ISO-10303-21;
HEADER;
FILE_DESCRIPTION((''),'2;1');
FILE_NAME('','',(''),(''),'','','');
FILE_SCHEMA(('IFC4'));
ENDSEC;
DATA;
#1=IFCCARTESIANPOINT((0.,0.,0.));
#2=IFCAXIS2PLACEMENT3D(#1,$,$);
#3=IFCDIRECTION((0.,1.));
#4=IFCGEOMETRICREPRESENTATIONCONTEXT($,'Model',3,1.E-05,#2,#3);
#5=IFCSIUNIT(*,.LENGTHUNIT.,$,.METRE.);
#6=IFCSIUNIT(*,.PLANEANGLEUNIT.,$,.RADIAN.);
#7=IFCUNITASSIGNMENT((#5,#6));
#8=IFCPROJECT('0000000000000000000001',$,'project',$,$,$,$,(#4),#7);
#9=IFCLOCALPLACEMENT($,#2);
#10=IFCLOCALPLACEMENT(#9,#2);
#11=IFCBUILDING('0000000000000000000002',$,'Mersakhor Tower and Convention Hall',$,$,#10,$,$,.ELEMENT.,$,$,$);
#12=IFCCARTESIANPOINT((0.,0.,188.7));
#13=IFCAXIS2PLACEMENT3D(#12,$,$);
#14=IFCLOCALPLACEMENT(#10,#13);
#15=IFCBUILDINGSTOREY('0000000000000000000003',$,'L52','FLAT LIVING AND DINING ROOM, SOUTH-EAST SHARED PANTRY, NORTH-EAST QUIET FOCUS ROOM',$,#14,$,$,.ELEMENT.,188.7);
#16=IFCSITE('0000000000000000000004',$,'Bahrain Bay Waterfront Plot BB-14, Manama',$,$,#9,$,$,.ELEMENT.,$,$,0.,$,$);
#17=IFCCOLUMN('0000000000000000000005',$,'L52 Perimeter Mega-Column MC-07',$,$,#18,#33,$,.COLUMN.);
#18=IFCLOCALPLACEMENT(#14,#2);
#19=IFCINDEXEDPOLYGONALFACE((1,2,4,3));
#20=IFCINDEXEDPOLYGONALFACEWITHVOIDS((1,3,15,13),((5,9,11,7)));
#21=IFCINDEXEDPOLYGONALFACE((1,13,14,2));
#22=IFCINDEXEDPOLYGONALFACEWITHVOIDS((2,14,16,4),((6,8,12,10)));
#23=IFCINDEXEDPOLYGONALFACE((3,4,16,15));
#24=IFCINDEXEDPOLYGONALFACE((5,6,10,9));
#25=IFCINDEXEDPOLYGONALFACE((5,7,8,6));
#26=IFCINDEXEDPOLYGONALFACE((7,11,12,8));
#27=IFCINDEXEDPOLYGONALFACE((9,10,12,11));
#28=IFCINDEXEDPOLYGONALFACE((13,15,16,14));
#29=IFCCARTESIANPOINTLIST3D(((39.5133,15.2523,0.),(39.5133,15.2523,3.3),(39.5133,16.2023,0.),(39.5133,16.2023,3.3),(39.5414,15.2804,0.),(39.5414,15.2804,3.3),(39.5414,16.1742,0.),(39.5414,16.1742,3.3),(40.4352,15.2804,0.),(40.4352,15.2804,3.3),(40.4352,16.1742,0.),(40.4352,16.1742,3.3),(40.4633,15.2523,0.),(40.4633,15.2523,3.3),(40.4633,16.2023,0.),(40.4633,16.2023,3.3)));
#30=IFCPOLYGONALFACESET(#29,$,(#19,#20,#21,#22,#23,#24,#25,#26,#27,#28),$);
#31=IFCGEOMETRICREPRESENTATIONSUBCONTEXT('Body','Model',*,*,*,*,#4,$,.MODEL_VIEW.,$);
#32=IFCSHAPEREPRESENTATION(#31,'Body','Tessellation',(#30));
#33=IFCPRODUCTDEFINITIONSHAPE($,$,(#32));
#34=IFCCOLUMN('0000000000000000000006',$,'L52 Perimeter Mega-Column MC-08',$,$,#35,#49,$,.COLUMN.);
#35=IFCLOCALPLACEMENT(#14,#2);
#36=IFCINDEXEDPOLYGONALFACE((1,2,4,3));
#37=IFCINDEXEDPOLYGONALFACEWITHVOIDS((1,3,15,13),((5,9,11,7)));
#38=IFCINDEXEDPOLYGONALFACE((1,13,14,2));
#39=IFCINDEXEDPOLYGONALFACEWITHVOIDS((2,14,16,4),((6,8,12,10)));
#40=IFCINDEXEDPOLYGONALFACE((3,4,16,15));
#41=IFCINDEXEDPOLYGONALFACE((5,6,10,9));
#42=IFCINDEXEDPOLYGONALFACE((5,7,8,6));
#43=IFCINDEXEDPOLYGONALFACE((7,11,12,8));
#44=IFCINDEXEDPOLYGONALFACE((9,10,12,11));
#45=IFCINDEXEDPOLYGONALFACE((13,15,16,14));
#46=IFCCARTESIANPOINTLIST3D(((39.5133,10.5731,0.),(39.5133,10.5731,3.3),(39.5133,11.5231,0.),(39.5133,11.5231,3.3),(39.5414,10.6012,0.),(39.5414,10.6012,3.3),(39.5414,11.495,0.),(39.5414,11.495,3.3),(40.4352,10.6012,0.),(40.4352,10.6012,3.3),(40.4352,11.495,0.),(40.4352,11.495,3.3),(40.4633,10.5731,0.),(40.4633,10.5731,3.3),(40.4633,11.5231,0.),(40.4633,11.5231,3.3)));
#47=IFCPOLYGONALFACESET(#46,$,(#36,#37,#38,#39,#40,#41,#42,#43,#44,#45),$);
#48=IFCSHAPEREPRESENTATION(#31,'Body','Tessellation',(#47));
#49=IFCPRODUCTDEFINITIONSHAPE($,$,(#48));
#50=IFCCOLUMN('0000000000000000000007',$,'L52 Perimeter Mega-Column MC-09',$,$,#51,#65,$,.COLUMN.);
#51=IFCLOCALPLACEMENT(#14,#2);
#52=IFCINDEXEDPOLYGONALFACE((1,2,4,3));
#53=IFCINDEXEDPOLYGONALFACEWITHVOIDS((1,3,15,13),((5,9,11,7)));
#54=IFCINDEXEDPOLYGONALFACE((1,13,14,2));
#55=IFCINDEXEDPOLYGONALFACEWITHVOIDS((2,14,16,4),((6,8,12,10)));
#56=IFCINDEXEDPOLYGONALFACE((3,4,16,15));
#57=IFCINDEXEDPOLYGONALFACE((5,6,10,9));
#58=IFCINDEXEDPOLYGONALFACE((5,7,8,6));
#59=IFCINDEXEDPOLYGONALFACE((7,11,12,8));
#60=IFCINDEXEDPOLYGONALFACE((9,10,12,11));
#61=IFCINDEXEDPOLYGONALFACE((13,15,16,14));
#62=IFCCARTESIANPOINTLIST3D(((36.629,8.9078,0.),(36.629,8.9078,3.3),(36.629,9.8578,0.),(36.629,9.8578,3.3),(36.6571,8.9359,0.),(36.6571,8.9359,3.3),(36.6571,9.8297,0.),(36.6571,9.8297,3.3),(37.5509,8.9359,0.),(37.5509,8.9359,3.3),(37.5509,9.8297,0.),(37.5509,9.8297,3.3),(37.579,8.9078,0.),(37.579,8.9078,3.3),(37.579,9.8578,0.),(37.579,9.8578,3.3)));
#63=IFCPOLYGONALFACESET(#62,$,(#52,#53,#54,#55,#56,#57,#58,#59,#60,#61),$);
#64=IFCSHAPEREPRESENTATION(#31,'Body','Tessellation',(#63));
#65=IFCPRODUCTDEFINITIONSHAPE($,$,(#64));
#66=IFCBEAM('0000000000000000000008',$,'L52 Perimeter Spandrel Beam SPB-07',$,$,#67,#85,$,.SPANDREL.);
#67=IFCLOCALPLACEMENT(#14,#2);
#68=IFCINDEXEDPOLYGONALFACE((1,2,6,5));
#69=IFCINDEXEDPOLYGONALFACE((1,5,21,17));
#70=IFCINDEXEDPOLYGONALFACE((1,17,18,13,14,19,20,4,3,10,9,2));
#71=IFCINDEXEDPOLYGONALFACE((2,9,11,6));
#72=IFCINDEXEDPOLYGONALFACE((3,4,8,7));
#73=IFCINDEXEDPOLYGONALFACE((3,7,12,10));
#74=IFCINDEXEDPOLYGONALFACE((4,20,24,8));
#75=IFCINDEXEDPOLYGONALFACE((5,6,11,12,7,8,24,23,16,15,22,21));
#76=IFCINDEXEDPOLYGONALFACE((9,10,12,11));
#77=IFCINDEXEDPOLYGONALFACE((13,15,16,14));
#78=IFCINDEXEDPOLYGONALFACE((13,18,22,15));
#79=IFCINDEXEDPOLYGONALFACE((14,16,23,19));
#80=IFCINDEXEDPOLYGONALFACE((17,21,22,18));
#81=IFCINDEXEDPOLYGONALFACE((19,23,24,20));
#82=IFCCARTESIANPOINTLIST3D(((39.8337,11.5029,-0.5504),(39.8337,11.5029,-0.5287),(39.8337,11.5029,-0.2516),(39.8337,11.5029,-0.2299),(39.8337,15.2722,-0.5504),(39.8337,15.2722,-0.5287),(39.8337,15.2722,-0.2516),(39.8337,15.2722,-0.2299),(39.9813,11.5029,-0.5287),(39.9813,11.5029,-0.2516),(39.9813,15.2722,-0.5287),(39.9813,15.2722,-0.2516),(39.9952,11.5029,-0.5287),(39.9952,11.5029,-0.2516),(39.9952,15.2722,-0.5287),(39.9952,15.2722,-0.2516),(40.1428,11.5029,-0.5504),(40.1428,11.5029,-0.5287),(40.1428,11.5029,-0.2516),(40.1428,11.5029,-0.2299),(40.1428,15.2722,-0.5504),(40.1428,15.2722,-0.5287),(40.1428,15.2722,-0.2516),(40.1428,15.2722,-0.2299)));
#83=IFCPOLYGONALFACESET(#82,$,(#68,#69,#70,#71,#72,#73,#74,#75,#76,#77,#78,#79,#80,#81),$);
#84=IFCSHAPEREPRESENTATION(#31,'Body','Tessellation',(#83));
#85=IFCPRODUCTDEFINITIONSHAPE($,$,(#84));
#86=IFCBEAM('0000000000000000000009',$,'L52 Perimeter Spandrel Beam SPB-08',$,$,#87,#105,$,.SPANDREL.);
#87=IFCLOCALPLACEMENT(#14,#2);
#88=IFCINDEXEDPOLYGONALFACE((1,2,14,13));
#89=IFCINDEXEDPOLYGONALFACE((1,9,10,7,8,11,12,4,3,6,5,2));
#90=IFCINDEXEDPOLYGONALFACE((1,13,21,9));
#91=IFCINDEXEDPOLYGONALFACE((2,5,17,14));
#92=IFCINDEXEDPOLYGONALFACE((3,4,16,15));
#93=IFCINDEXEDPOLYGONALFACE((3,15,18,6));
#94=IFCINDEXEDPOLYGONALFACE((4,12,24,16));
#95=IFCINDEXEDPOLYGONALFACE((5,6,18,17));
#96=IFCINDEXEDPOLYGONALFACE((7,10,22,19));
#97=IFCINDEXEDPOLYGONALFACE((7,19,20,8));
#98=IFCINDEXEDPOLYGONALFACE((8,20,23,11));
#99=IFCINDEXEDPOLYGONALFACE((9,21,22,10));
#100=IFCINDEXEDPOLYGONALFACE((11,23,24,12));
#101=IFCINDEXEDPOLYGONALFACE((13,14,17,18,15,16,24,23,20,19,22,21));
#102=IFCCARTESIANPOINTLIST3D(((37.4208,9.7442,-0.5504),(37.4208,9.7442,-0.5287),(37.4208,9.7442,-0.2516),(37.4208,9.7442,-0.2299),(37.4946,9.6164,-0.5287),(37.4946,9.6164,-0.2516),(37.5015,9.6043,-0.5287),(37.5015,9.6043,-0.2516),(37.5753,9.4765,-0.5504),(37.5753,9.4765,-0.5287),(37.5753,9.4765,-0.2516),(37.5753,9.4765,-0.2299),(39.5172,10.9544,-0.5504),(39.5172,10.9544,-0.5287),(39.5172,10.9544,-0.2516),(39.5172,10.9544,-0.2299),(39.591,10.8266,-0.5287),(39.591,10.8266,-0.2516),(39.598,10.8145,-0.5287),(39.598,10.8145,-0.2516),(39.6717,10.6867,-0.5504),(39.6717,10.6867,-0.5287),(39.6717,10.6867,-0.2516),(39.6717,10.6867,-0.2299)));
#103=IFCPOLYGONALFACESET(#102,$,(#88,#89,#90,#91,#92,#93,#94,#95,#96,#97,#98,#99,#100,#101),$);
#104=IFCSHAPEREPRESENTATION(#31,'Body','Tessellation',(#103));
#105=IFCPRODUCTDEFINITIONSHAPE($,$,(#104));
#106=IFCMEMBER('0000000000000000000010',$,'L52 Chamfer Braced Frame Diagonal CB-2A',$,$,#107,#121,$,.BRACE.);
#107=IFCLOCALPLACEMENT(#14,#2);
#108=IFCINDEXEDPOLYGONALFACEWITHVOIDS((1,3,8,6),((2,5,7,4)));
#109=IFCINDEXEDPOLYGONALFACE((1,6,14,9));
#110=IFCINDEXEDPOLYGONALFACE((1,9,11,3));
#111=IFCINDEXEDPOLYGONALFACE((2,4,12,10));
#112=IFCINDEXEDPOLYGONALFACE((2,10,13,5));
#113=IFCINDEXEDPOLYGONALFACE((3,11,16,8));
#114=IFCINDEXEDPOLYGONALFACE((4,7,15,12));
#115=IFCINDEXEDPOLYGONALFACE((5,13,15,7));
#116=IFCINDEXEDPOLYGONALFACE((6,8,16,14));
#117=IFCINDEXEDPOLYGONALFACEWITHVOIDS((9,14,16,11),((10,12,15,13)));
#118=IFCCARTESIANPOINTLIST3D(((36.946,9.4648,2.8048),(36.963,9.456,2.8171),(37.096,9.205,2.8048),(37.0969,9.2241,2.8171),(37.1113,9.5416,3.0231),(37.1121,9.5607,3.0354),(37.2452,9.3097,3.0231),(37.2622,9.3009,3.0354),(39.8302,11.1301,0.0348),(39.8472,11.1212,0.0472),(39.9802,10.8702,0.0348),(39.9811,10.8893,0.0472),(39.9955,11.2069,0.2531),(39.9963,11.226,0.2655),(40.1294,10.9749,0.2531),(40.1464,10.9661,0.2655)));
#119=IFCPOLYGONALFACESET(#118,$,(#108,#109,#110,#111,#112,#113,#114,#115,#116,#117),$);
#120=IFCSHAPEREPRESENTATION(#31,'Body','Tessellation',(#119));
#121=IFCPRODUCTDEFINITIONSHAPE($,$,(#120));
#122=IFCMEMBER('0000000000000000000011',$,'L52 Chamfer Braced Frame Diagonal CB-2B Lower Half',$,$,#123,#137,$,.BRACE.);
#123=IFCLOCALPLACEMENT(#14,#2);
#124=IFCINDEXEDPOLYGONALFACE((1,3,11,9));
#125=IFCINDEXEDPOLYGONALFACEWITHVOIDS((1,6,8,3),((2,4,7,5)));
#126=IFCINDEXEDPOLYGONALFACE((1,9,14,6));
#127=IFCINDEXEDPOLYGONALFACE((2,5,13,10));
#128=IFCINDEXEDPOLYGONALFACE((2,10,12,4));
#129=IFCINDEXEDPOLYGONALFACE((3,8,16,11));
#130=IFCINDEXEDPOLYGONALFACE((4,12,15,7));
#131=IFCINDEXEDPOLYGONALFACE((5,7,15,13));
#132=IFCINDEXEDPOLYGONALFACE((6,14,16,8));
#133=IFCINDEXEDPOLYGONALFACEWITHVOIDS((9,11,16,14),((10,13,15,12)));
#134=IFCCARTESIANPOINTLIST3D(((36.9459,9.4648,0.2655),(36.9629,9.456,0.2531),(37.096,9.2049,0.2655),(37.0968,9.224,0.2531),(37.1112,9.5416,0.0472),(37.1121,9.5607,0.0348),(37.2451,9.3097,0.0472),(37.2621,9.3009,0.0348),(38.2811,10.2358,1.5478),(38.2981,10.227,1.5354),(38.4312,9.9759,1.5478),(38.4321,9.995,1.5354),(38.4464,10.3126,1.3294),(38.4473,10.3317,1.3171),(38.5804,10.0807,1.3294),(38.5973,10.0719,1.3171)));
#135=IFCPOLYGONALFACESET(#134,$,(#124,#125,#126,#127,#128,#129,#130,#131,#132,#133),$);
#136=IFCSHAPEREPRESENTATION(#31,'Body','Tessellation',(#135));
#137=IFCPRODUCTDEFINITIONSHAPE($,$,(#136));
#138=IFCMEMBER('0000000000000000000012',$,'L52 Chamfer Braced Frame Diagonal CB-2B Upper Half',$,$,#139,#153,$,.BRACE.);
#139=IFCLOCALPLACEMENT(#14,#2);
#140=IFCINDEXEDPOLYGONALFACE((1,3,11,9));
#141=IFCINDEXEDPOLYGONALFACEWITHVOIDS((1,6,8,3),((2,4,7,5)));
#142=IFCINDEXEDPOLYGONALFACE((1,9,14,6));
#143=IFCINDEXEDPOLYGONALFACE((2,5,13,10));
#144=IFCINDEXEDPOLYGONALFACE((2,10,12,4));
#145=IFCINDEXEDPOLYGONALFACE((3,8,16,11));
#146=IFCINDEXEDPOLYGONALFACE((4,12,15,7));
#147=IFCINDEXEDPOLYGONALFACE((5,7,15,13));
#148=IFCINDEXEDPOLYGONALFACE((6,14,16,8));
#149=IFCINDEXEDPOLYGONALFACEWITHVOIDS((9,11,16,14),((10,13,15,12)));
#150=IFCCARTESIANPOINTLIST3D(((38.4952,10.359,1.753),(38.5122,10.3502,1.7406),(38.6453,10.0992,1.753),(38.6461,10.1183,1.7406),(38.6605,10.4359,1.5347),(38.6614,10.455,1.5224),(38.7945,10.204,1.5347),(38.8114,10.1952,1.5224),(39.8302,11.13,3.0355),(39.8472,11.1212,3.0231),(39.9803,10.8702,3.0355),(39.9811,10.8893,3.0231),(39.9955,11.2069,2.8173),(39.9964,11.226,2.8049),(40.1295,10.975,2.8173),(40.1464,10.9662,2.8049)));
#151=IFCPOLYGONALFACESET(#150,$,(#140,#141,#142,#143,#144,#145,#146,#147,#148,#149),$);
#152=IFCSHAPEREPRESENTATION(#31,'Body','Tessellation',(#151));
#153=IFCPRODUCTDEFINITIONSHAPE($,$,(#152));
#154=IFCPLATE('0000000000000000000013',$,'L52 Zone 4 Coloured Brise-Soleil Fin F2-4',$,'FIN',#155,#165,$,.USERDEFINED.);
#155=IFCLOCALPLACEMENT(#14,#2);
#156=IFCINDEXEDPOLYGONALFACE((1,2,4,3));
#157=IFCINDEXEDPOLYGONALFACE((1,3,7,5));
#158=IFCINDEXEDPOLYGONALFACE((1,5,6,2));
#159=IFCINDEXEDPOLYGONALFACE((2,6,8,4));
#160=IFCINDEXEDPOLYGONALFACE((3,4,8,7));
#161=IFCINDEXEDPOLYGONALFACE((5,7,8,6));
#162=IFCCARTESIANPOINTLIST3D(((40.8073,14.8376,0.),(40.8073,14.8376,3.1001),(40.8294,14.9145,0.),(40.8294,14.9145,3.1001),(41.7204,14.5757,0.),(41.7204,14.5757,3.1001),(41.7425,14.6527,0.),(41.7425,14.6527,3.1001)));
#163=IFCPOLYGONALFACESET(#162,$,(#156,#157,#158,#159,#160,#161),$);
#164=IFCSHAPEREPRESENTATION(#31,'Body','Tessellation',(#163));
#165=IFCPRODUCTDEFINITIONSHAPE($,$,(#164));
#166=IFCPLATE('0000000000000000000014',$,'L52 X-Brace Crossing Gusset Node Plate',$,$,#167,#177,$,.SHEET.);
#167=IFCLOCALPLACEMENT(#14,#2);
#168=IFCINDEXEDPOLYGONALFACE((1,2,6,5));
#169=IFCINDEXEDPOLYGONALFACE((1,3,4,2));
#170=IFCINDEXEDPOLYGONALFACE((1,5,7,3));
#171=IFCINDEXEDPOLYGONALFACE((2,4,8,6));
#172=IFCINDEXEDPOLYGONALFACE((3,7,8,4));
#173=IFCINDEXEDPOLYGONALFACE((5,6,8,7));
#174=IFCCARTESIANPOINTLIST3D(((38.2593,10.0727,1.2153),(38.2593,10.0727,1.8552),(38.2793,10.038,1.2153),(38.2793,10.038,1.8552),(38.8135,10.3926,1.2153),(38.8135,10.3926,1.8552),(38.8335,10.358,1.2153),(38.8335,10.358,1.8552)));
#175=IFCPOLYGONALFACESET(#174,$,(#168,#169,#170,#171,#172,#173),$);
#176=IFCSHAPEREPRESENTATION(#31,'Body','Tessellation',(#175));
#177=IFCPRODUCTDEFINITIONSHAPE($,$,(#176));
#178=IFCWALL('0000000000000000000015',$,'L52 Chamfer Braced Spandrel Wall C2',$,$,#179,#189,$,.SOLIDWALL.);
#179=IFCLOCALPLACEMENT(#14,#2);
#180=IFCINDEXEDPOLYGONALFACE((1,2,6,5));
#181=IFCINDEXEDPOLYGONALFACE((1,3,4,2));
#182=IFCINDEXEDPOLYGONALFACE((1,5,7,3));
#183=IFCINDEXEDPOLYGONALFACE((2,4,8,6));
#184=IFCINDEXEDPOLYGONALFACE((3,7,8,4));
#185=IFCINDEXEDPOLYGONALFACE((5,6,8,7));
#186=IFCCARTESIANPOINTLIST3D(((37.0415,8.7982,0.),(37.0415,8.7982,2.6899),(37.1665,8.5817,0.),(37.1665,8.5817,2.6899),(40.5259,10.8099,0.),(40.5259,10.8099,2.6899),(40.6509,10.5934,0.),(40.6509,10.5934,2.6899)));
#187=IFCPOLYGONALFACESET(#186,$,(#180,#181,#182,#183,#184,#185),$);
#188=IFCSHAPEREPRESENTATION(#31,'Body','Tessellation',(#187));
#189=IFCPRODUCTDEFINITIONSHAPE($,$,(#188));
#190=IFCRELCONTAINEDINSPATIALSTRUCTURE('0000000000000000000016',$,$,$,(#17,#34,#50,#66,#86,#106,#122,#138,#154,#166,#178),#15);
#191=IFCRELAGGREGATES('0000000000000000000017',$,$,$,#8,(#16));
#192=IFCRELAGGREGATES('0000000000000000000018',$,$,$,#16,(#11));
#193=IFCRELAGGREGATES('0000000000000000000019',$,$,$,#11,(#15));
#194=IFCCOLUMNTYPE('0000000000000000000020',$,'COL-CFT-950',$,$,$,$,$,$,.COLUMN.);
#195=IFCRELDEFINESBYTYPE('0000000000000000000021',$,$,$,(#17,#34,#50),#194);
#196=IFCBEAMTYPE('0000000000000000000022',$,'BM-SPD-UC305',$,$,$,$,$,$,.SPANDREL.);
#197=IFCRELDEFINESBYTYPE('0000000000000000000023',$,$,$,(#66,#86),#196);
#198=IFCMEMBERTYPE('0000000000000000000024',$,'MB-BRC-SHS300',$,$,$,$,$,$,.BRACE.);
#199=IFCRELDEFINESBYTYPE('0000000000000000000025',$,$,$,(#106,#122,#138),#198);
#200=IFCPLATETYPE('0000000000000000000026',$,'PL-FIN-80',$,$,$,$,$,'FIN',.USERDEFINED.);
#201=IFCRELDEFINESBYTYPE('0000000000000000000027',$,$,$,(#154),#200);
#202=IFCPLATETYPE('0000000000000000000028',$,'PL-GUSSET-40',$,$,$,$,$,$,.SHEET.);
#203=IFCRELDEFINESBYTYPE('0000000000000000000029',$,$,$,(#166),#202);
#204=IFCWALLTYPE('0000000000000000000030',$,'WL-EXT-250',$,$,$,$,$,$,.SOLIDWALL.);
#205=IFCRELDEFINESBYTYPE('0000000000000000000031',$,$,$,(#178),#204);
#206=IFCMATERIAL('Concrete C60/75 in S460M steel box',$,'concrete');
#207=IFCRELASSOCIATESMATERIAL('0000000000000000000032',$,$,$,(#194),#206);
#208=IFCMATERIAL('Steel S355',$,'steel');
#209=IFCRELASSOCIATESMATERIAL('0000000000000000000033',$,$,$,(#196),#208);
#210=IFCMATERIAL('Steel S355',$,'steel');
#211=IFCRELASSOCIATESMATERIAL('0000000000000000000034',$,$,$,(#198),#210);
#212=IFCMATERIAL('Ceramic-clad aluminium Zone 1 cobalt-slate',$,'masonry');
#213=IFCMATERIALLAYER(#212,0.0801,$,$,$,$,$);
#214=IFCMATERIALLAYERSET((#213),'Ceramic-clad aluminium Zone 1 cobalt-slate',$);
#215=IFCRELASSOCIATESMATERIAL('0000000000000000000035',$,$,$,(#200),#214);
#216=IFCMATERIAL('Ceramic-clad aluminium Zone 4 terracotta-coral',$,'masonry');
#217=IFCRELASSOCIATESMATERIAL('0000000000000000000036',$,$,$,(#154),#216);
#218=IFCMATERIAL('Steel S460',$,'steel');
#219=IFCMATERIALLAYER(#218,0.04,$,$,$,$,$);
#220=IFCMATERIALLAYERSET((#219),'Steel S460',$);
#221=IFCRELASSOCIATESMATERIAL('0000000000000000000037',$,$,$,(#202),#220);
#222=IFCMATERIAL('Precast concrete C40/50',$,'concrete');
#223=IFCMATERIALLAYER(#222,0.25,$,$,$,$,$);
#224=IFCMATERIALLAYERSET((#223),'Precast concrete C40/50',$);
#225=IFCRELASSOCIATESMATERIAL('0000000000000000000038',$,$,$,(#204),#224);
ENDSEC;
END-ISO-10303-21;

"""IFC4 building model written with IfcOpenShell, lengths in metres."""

from ifc_helpers import new_model, si_unit, direction, frame, frame_2d, origin, origin_2d, place, context, subcontext, project, spatial, rectangle, hollow_rectangle, i_section, extrude, material, layer, layer_set, material_profile, profile_set, type_object, element, save


model = new_model("IFC4")

# Units and contexts
model_context = context("Model", 3, precision=1e-05, world=origin(), true_north=direction((0.0, 1.0)))
body_context = subcontext(model_context, "Body", "Model", "MODEL_VIEW")
ifc_project = project(units=[si_unit("LENGTHUNIT", "METRE"), si_unit("PLANEANGLEUNIT", "RADIAN")], contexts=[model_context])

# Site, building, storey
site_placement = place(None, origin())
site = spatial("IfcSite", under=ifc_project, at=site_placement, Name="Bahrain Bay Waterfront Plot BB-14, Manama", CompositionType="ELEMENT", RefElevation=0.0)
building_placement = place(site_placement, origin())
building = spatial("IfcBuilding", under=site, at=building_placement, Name="Mersakhor Tower and Convention Hall", CompositionType="ELEMENT")
storey_placement = place(building_placement, frame((0.0, 0.0, 188.7)))
storey = spatial("IfcBuildingStorey", under=building, at=storey_placement, Name="L52", Description="FLAT LIVING AND DINING ROOM, SOUTH-EAST SHARED PANTRY, NORTH-EAST QUIET FOCUS ROOM", CompositionType="ELEMENT", Elevation=188.7)

# Columns
ifc_material_1 = material(Name="Concrete C60/75 in S460M steel box", Category="concrete")
ifc_material_profile_1 = material_profile(ifc_material_1, hollow_rectangle(XDim=0.95, YDim=0.95, WallThickness=0.0281, at=origin_2d()), Name="SHS 950x950x28")
ifc_profile_set_1 = profile_set([ifc_material_profile_1], Name="Concrete C60/75 in S460M steel box")
column_type = type_object("IfcColumnType", Name="COL-CFT-950", PredefinedType="COLUMN", material=ifc_profile_set_1)
for number, where, z_axis, x_axis, name in (
    (1, (39.9883, 15.7273, 0.0), (0.0, 0.0, 1.0), (1.0, 0.0, 0.0), "L52 Perimeter Mega-Column MC-07"),
    (2, (39.9883, 11.0481, 0.0), (0.0, 0.0, 1.0), (1.0, 0.0, 0.0), "L52 Perimeter Mega-Column MC-08"),
    (3, (37.104, 9.3828, 0.0), (0.0, 0.0, 1.0), (1.0, 0.0, 0.0), "L52 Perimeter Mega-Column MC-09"),
):
    element("IfcColumn", number, at=place(storey_placement, frame(where, z_axis=z_axis, x_axis=x_axis)), inside=storey, type_object=column_type, Name=name, PredefinedType="COLUMN", context=body_context, shape_type="SweptSolid", body=[
        extrude(hollow_rectangle(XDim=0.95, YDim=0.95, WallThickness=0.0281, at=origin_2d()), origin(), (0.0, 0.0, 1.0), 3.3),
    ])

# Beams
ifc_material_2 = material(Name="Steel S355", Category="steel")
ifc_material_profile_2 = material_profile(ifc_material_2, i_section(OverallWidth=0.3091, OverallDepth=0.3206, WebThickness=0.0139, FlangeThickness=0.0217, at=origin_2d()), Name="UC 305x305x137")
ifc_profile_set_2 = profile_set([ifc_material_profile_2], Name="Steel S355")
beam_type = type_object("IfcBeamType", Name="BM-SPD-UC305", PredefinedType="SPANDREL", material=ifc_profile_set_2)
beam_1_placement = place(storey_placement, frame((39.9883, 15.2722, -0.3901), z_axis=(0.0, -1.0, 0.0), x_axis=(1.0, 0.0, 0.0)))
element("IfcBeam", 4, at=beam_1_placement, inside=storey, type_object=beam_type, Name="L52 Perimeter Spandrel Beam SPB-07", PredefinedType="SPANDREL", context=body_context, shape_type="SweptSolid", body=[
    extrude(i_section(OverallWidth=0.3091, OverallDepth=0.3206, WebThickness=0.0139, FlangeThickness=0.0217, at=origin_2d()), origin(), (0.0, 0.0, 1.0), 3.7693),
])
beam_2_placement = place(storey_placement, frame((39.5945, 10.8206, -0.3901), z_axis=(-0.866056, -0.499947, 0.0), x_axis=(0.499947, -0.866056, 0.0)))
element("IfcBeam", 5, at=beam_2_placement, inside=storey, type_object=beam_type, Name="L52 Perimeter Spandrel Beam SPB-08", PredefinedType="SPANDREL", context=body_context, shape_type="SweptSolid", body=[
    extrude(i_section(OverallWidth=0.3091, OverallDepth=0.3206, WebThickness=0.0139, FlangeThickness=0.0217, at=origin_2d()), origin(), (0.0, 0.0, 1.0), 2.4207),
])

# Members
ifc_material_3 = material(Name="Steel S355", Category="steel")
ifc_material_profile_3 = material_profile(ifc_material_3, hollow_rectangle(XDim=0.3, YDim=0.3, WallThickness=0.0161, at=origin_2d()), Name="SHS 300x300x16")
ifc_profile_set_3 = profile_set([ifc_material_profile_3], Name="Steel S355")
member_type = type_object("IfcMemberType", Name="MB-BRC-SHS300", PredefinedType="BRACE", material=ifc_profile_set_3)
member_placement = place(storey_placement, frame((39.9883, 11.0481, 0.1501), z_axis=(-0.665825, -0.384425, 0.639449), x_axis=(0.50001, -0.86602, 0.0)))
element("IfcMember", 6, at=member_placement, inside=storey, type_object=member_type, Name="L52 Chamfer Braced Frame Diagonal CB-2A", PredefinedType="BRACE", context=body_context, shape_type="SweptSolid", body=[
    extrude(hollow_rectangle(XDim=0.3, YDim=0.3, WallThickness=0.0161, at=origin_2d()), origin(), (0.0, 0.0, 1.0), 4.3318),
])
for number, where, z_axis, x_axis, name in (
    (7, (37.104, 9.3828, 0.1501), (0.665831, 0.384475, 0.639412), (-0.500056, 0.865993, 0.0), "L52 Chamfer Braced Frame Diagonal CB-2B Lower Half"),
    (8, (38.6533, 10.2771, 1.6377), (0.665711, 0.384476, 0.639536), (-0.500125, 0.865953, 0.0), "L52 Chamfer Braced Frame Diagonal CB-2B Upper Half"),
):
    element("IfcMember", number, at=place(storey_placement, frame(where, z_axis=z_axis, x_axis=x_axis)), inside=storey, type_object=member_type, Name=name, PredefinedType="BRACE", context=body_context, shape_type="SweptSolid", body=[
        extrude(hollow_rectangle(XDim=0.3, YDim=0.3, WallThickness=0.0161, at=origin_2d()), origin(), (0.0, 0.0, 1.0), 2.0054),
    ])

# Plates
ifc_material_4 = material(Name="Ceramic-clad aluminium Zone 4 terracotta-coral", Category="masonry")
ifc_material_5 = material(Name="Ceramic-clad aluminium Zone 1 cobalt-slate", Category="masonry")
ifc_layer_1 = layer(ifc_material_5, 0.0801)
ifc_layer_set_1 = layer_set([ifc_layer_1], Name="Ceramic-clad aluminium Zone 1 cobalt-slate")
plate_type_1 = type_object("IfcPlateType", Name="PL-FIN-80", ElementType="FIN", PredefinedType="USERDEFINED", material=ifc_layer_set_1)
plate_1_placement = place(storey_placement, frame((41.2749, 14.7451, 0.0), z_axis=(0.0, 0.0, 1.0), x_axis=(0.961262, -0.275637, 0.0)))
element("IfcPlate", 9, at=plate_1_placement, inside=storey, type_object=plate_type_1, material=ifc_material_4, Name="L52 Zone 4 Coloured Brise-Soleil Fin F2-4", ObjectType="FIN", PredefinedType="USERDEFINED", context=body_context, shape_type="SweptSolid", body=[
    extrude(rectangle(XDim=0.95, YDim=0.0801, at=origin_2d()), origin(), (0.0, 0.0, 1.0), 3.1001),
])
ifc_material_6 = material(Name="Steel S460", Category="steel")
ifc_layer_2 = layer(ifc_material_6, 0.04)
ifc_layer_set_2 = layer_set([ifc_layer_2], Name="Steel S460")
plate_type_2 = type_object("IfcPlateType", Name="PL-GUSSET-40", PredefinedType="SHEET", material=ifc_layer_set_2)
plate_2_placement = place(storey_placement, frame((38.5464, 10.2153, 1.2153), z_axis=(0.0, 0.0, 1.0), x_axis=(0.866025, 0.5, 0.0)))
element("IfcPlate", 10, at=plate_2_placement, inside=storey, type_object=plate_type_2, Name="L52 X-Brace Crossing Gusset Node Plate", PredefinedType="SHEET", context=body_context, shape_type="SweptSolid", body=[
    extrude(rectangle(XDim=0.6399, YDim=0.04, at=origin_2d()), origin(), (0.0, 0.0, 1.0), 0.6399),
])

# Wall
ifc_material_7 = material(Name="Precast concrete C40/50", Category="concrete")
ifc_layer_3 = layer(ifc_material_7, 0.25)
ifc_layer_set_3 = layer_set([ifc_layer_3], Name="Precast concrete C40/50")
wall_type_1 = type_object("IfcWallType", Name="WL-EXT-250", PredefinedType="SOLIDWALL", material=ifc_layer_set_3)
wall_1_placement = place(storey_placement, frame((40.5884, 10.7017, 0.0), z_axis=(0.0, 0.0, 1.0), x_axis=(-0.866024, -0.500003, 0.0)))
element("IfcWall", 11, at=wall_1_placement, inside=storey, type_object=wall_type_1, Name="L52 Chamfer Braced Spandrel Wall C2", PredefinedType="SOLIDWALL", context=body_context, shape_type="SweptSolid", body=[
    extrude(rectangle(XDim=4.0234, YDim=0.25, at=frame_2d((2.0117, 0.0))), origin(), (0.0, 0.0, 1.0), 2.6899),
])

save(model, "model.ifc")
